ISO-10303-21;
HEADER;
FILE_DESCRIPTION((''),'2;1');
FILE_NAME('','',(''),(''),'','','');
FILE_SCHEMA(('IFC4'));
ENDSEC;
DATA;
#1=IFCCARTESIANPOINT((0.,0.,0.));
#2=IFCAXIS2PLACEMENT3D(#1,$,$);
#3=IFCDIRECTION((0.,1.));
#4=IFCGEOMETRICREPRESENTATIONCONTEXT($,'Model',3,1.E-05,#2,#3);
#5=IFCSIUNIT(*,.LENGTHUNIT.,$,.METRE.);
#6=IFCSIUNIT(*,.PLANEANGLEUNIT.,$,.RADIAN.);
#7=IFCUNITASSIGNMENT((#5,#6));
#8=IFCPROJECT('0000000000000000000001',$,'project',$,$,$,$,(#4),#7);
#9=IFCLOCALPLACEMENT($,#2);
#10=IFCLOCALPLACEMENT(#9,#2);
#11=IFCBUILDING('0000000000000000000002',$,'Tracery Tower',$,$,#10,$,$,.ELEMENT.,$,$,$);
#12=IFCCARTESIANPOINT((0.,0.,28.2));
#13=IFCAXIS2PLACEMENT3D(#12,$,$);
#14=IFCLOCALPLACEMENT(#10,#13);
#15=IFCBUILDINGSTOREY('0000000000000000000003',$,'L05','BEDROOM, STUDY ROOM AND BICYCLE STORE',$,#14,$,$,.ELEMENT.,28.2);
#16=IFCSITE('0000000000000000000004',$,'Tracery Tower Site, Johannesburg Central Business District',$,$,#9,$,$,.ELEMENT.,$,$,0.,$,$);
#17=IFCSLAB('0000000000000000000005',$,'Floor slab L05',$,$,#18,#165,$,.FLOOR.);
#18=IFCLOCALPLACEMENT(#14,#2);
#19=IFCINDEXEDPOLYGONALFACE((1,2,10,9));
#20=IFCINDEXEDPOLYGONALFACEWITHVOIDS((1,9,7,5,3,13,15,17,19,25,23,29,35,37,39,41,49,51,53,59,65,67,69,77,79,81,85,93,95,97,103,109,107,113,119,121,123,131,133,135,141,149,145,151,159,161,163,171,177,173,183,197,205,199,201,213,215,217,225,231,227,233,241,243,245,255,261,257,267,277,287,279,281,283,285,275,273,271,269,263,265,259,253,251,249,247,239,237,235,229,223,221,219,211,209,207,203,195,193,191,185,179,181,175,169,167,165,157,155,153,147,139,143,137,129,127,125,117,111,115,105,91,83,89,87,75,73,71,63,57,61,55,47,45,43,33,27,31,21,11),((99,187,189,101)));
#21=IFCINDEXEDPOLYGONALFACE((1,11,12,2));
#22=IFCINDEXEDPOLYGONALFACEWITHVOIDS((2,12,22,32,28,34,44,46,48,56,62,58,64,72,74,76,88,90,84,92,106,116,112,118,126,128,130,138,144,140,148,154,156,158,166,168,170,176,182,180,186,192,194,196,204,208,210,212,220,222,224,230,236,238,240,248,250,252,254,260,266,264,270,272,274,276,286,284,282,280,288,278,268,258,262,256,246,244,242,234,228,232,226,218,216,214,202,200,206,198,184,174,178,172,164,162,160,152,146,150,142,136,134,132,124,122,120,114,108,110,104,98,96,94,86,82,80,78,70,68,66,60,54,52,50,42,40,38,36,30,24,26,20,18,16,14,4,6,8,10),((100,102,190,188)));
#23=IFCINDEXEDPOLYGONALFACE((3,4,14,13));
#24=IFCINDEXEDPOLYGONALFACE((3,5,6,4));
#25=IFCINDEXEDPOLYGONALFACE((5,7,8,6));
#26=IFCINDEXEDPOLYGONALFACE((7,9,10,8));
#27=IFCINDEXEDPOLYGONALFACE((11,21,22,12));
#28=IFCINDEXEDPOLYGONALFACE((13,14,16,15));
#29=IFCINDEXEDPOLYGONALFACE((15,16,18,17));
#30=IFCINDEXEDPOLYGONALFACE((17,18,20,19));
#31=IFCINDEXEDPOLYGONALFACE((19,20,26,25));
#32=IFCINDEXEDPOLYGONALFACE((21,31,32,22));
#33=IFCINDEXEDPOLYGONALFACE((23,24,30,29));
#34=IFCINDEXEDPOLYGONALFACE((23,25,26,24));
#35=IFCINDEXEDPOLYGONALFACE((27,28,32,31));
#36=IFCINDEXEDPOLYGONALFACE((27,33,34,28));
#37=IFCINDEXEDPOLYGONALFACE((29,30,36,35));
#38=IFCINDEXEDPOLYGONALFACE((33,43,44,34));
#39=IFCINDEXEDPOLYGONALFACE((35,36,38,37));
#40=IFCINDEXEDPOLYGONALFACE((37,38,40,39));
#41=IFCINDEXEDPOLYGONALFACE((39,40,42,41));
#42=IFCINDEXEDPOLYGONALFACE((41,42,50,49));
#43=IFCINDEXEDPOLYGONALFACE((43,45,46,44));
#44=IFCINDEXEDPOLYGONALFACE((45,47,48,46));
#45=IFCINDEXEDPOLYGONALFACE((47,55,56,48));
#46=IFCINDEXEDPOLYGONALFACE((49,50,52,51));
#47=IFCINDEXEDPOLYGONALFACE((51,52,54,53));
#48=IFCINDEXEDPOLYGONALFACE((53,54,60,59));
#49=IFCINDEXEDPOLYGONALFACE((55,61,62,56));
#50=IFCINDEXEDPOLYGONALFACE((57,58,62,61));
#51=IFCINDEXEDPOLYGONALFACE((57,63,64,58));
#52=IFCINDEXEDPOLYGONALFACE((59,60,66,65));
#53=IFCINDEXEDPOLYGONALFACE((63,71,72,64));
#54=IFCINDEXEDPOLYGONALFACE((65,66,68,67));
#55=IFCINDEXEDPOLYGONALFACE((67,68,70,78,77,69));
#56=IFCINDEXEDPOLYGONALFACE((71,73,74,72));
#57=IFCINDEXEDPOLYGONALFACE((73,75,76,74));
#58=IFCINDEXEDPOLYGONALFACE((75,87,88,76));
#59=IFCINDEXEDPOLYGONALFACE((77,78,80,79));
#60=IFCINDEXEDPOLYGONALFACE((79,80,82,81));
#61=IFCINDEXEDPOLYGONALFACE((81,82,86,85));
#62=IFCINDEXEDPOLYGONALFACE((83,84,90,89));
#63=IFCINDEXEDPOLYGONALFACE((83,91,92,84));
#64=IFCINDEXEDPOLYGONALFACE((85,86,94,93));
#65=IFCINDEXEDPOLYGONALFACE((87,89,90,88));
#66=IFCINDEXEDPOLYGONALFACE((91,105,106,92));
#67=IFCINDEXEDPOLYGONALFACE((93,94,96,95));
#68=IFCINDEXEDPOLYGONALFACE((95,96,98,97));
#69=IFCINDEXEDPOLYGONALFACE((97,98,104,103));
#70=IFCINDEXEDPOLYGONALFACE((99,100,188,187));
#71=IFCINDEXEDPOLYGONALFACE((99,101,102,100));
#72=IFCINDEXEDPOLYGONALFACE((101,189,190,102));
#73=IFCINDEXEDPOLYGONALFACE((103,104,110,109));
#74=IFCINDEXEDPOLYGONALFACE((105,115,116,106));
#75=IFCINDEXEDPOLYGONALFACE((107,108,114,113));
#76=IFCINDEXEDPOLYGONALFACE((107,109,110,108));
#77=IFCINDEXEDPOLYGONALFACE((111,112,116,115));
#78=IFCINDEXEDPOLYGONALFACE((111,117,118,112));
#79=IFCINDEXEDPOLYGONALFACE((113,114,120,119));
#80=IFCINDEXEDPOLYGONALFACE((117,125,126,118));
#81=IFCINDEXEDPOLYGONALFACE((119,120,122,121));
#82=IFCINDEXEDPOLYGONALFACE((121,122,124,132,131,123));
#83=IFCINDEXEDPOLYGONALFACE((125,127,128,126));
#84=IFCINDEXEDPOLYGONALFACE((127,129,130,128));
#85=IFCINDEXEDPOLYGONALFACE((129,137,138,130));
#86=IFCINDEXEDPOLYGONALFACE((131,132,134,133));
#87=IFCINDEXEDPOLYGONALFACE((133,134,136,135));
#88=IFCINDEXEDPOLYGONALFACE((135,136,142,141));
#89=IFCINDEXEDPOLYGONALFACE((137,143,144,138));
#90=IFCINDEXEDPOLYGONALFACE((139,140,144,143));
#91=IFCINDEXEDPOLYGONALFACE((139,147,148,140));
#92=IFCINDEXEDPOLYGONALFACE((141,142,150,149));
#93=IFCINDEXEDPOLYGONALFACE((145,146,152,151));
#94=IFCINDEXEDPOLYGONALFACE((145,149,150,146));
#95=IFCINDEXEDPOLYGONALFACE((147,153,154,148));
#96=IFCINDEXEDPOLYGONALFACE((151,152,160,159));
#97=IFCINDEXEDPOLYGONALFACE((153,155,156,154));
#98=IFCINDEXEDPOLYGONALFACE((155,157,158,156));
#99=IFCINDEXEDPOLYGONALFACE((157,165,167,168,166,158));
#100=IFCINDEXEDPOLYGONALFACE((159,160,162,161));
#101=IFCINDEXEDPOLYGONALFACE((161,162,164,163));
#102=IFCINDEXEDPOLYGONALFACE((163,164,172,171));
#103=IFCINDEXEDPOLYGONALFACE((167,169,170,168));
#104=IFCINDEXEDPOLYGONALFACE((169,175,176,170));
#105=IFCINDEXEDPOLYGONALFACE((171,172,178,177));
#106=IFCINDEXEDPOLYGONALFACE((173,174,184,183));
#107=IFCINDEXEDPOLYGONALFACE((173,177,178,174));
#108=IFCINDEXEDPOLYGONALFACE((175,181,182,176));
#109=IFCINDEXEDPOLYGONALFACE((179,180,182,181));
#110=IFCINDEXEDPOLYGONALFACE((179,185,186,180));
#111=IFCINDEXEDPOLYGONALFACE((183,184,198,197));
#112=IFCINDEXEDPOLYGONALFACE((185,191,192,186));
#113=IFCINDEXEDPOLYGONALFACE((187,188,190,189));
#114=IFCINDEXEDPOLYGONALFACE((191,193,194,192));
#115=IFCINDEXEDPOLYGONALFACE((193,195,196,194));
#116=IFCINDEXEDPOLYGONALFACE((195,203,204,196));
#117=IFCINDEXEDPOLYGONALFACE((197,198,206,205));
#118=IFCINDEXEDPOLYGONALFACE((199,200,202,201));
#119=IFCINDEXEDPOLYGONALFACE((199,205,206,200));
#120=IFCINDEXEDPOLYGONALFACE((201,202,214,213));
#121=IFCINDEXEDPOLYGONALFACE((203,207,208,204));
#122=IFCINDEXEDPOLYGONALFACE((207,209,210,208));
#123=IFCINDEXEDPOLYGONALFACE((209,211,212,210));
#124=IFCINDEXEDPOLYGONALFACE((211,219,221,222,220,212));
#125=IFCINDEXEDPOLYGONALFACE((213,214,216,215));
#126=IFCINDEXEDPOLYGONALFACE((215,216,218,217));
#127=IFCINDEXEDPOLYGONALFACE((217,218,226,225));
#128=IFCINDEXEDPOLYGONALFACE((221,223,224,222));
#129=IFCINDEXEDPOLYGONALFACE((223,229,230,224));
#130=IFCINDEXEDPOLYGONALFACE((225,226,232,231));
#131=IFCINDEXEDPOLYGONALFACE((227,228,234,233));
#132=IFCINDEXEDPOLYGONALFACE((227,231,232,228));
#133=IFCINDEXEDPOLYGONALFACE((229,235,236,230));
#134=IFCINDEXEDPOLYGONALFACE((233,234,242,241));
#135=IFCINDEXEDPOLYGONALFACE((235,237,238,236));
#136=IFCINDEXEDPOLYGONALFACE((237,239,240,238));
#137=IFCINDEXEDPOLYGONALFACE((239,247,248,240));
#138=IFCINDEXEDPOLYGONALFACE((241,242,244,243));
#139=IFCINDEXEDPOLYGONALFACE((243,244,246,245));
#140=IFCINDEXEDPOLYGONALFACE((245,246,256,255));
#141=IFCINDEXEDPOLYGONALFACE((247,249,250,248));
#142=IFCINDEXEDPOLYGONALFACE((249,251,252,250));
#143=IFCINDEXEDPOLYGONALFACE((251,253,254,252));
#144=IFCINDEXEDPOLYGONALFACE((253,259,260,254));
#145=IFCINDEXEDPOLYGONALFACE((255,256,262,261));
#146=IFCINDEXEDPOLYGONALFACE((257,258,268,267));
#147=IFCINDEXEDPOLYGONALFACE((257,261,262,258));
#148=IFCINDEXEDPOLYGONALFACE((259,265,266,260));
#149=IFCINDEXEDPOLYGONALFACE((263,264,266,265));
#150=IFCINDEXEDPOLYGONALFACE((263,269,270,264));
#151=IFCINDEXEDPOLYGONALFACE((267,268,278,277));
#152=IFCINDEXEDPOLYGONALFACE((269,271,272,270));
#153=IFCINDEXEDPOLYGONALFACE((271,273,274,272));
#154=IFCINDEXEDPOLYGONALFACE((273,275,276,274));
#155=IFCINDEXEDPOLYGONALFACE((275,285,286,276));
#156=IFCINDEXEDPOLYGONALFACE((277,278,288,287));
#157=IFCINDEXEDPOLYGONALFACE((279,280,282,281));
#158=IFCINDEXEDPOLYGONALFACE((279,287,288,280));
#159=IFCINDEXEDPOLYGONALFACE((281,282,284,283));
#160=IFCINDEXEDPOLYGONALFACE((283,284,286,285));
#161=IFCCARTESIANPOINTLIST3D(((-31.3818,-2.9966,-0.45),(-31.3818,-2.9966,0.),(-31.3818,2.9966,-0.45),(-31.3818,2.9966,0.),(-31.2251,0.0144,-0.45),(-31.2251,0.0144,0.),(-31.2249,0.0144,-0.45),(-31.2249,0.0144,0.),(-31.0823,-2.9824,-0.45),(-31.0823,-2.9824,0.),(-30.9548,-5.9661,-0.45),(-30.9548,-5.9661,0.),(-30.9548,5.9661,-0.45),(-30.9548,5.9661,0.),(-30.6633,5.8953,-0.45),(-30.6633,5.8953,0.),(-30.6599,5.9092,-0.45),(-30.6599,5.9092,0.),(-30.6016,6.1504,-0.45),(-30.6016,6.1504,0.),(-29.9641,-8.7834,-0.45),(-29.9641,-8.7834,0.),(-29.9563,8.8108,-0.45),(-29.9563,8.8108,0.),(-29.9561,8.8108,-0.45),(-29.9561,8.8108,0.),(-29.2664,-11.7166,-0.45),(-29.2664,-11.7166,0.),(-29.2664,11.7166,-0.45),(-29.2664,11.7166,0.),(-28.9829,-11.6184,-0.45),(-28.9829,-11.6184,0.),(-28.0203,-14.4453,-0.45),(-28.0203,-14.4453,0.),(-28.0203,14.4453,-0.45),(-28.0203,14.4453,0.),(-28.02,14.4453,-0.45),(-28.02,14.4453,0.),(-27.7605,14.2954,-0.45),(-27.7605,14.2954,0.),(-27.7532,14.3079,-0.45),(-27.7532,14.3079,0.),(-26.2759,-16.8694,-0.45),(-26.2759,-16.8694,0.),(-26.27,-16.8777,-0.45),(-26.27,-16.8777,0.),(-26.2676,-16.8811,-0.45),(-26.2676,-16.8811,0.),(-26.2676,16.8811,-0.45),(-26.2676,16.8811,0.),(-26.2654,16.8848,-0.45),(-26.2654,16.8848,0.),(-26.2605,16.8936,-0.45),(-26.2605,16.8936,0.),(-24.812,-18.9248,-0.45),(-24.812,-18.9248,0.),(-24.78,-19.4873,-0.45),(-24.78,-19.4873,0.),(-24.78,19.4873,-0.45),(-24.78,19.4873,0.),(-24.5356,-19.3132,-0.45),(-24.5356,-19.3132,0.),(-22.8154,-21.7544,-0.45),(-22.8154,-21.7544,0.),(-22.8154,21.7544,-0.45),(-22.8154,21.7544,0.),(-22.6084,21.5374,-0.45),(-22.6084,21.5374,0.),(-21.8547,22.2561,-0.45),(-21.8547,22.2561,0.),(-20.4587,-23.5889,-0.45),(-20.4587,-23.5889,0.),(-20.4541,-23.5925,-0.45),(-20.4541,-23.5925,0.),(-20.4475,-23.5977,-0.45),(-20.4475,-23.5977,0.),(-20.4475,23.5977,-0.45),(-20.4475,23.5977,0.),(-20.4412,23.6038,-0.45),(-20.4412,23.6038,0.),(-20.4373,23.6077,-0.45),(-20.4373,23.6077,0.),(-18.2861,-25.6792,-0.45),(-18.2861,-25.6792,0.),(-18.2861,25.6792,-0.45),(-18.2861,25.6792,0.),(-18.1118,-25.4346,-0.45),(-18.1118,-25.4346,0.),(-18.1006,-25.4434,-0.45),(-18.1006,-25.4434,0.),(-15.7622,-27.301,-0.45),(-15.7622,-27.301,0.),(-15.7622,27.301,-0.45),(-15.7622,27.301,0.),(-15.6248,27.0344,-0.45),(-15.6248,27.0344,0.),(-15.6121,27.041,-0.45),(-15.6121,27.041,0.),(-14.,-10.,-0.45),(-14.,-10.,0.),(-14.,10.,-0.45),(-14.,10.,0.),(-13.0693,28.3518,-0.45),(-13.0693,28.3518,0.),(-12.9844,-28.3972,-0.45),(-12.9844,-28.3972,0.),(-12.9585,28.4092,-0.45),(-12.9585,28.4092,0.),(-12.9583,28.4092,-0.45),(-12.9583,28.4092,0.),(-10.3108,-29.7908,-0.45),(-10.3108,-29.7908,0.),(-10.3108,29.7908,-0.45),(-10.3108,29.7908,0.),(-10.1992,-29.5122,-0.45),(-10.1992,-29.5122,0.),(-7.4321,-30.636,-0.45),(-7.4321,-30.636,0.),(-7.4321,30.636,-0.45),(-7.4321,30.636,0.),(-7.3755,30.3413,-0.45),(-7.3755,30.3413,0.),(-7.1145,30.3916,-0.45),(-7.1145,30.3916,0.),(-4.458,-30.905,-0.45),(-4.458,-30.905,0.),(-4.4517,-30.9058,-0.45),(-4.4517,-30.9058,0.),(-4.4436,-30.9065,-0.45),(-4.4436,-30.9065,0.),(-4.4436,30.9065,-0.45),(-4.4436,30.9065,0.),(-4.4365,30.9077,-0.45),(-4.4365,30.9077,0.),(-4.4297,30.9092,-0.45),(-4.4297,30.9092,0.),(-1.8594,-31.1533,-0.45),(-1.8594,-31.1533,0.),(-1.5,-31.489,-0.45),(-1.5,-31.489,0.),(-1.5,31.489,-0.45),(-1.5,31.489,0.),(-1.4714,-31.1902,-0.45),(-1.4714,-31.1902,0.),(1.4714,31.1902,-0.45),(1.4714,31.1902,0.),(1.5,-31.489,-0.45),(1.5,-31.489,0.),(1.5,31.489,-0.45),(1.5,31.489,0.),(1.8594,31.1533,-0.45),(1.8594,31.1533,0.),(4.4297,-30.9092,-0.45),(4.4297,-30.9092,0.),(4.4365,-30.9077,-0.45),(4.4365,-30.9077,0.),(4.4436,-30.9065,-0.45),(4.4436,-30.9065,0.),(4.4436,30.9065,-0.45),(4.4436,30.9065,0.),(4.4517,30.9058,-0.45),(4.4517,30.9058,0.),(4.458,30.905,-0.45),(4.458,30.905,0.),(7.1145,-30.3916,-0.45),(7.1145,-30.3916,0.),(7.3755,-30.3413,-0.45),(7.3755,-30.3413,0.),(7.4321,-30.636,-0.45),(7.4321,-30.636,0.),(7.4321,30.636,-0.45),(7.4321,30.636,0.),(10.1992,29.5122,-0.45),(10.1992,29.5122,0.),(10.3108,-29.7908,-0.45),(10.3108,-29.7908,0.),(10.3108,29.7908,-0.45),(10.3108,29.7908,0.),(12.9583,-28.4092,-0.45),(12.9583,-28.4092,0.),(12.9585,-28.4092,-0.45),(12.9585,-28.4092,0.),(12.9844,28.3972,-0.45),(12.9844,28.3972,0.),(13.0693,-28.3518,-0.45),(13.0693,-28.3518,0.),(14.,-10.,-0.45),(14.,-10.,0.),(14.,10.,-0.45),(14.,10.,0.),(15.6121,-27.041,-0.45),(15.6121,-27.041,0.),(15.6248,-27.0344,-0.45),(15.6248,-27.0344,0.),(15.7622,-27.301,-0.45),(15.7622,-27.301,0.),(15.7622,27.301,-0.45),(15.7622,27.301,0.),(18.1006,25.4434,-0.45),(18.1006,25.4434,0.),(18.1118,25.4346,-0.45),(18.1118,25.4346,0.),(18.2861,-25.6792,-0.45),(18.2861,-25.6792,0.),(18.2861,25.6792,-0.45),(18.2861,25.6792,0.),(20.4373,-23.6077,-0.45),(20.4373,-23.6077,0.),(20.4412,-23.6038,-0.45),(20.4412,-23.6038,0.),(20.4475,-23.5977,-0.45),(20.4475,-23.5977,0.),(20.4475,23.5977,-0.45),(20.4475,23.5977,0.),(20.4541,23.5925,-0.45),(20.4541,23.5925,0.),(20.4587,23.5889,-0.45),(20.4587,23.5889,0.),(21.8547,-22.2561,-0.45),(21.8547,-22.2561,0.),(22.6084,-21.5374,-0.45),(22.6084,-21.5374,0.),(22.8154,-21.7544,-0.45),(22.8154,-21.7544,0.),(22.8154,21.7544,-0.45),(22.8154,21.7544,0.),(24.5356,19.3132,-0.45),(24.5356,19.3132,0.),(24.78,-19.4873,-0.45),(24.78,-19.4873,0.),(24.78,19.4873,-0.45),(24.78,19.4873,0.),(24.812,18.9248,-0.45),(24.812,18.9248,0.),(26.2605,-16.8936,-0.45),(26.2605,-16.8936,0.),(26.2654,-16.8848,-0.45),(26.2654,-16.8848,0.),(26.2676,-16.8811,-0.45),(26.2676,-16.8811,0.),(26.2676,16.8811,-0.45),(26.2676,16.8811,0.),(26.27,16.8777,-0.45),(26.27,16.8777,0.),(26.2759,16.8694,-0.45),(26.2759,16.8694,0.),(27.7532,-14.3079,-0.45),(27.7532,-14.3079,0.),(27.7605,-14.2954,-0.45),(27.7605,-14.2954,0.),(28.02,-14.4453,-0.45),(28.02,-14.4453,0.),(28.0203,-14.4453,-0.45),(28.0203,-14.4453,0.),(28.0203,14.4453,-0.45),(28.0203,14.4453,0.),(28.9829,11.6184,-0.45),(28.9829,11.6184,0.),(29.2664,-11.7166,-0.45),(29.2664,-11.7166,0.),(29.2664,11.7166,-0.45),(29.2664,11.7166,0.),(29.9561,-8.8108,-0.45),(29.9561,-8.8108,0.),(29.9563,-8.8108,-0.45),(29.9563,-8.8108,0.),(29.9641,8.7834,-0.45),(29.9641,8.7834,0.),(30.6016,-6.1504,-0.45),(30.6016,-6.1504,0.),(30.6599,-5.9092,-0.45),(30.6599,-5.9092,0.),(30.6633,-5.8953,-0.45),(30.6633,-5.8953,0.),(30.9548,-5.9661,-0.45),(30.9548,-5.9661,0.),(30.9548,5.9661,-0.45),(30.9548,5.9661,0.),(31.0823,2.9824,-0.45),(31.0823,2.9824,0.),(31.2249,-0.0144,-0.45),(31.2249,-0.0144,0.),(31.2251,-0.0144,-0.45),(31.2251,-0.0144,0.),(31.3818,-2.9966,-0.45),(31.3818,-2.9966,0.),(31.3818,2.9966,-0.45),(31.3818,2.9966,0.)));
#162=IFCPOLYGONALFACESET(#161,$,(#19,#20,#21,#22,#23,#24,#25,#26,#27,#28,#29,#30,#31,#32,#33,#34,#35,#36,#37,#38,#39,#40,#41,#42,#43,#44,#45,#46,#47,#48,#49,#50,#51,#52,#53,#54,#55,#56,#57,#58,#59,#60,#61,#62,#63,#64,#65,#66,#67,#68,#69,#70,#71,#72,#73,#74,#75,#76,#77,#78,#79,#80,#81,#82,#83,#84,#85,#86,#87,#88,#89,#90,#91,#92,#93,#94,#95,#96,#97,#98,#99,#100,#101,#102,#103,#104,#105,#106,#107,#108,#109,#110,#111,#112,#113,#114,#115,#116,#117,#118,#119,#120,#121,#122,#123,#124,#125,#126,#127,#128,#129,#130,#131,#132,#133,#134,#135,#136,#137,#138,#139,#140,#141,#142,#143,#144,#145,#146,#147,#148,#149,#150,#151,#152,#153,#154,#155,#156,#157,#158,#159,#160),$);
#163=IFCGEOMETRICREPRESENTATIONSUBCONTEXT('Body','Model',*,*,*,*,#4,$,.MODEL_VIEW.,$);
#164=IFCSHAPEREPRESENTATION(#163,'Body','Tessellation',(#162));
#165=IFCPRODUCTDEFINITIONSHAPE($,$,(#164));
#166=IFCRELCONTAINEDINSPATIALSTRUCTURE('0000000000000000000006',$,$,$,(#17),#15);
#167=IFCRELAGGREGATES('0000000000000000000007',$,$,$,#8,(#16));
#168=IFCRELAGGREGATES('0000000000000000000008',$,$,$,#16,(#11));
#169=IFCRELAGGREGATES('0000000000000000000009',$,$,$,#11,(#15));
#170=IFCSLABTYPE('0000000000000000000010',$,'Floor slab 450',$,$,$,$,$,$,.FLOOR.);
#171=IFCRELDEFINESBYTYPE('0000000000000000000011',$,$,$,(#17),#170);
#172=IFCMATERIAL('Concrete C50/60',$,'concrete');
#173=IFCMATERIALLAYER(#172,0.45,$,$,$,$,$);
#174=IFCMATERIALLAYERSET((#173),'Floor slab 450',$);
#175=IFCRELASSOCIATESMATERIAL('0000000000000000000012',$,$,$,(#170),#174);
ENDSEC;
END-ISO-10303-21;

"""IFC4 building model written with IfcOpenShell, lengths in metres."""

from ifc_helpers import new_model, si_unit, direction, frame, origin, place, context, subcontext, project, spatial, polyline, outline, extrude, material, layer, layer_set, type_object, element, save


model = new_model("IFC4")

# Units and contexts
model_context = context("Model", 3, precision=1e-05, world=origin(), true_north=direction((0.0, 1.0)))
body_context = subcontext(model_context, "Body", "Model", "MODEL_VIEW")
ifc_project = project(units=[si_unit("LENGTHUNIT", "METRE"), si_unit("PLANEANGLEUNIT", "RADIAN")], contexts=[model_context])

# Site, building, storey
site_placement = place(None, origin())
site = spatial("IfcSite", under=ifc_project, at=site_placement, Name="Tracery Tower Site, Johannesburg Central Business District", CompositionType="ELEMENT", RefElevation=0.0)
building_placement = place(site_placement, origin())
building = spatial("IfcBuilding", under=site, at=building_placement, Name="Tracery Tower", CompositionType="ELEMENT")
storey_placement = place(building_placement, frame((0.0, 0.0, 28.2)))
storey = spatial("IfcBuildingStorey", under=building, at=storey_placement, Name="L05", Description="BEDROOM, STUDY ROOM AND BICYCLE STORE", CompositionType="ELEMENT", Elevation=28.2)

# Slab
ifc_material_1 = material(Name="Concrete C50/60", Category="concrete")
ifc_layer_1 = layer(ifc_material_1, 0.45)
ifc_layer_set_1 = layer_set([ifc_layer_1], Name="Floor slab 450")
slab_type_1 = type_object("IfcSlabType", Name="Floor slab 450", PredefinedType="FLOOR", material=ifc_layer_set_1)
slab_1_placement = place(storey_placement, frame((0.0, 0.0, -0.45)))
element("IfcSlab", 1, at=slab_1_placement, inside=storey, type_object=slab_type_1, Name="Floor slab L05", PredefinedType="FLOOR", context=body_context, shape_type="SweptSolid", body=[
    extrude(outline(polyline([(29.9641, 8.7834), (29.9641, 8.7834), (28.9829, 11.6184), (29.2664, 11.7166), (28.0203, 14.4453), (26.2759, 16.8694), (26.2759, 16.8694), (26.27, 16.8777), (26.2676, 16.8811), (24.812, 18.9248), (24.5356, 19.3132), (24.78, 19.4873), (22.8154, 21.7544), (20.4587, 23.5889), (20.4587, 23.5889), (20.4541, 23.5925), (20.4475, 23.5977), (18.1118, 25.4346), (18.1118, 25.4346), (18.1006, 25.4434), (18.2861, 25.6792), (15.7622, 27.301), (12.9844, 28.3972), (12.9844, 28.3972), (10.1992, 29.5122), (10.3108, 29.7908), (7.4321, 30.636), (4.458, 30.905), (4.458, 30.905), (4.4517, 30.9058), (4.4436, 30.9065), (1.8594, 31.1533), (1.4714, 31.1902), (1.5, 31.489), (1.5, 31.489), (-1.5, 31.489), (-4.4297, 30.9092), (-4.4297, 30.9092), (-4.4365, 30.9077), (-4.4436, 30.9065), (-7.1145, 30.3916), (-7.3755, 30.3413), (-7.4321, 30.636), (-10.3108, 29.7908), (-12.9585, 28.4092), (-12.9583, 28.4092), (-13.0693, 28.3518), (-15.6121, 27.041), (-15.6121, 27.041), (-15.6248, 27.0344), (-15.7622, 27.301), (-15.7622, 27.301), (-18.2861, 25.6792), (-20.4373, 23.6077), (-20.4373, 23.6077), (-20.4412, 23.6038), (-20.4475, 23.5977), (-21.8547, 22.2561), (-22.6084, 21.5374), (-22.8154, 21.7544), (-24.78, 19.4873), (-26.2605, 16.8936), (-26.2605, 16.8936), (-26.2654, 16.8848), (-26.2676, 16.8811), (-27.7532, 14.3079), (-27.7532, 14.3079), (-27.7605, 14.2954), (-28.02, 14.4453), (-28.0203, 14.4453), (-29.2664, 11.7166), (-29.9563, 8.8108), (-29.9561, 8.8108), (-30.6016, 6.1504), (-30.6599, 5.9092), (-30.6599, 5.9092), (-30.6633, 5.8953), (-30.9548, 5.9661), (-31.3818, 2.9966), (-31.2251, 0.0144), (-31.2249, 0.0144), (-31.0823, -2.9824), (-31.3818, -2.9966), (-30.9548, -5.9661), (-29.9641, -8.7834), (-29.9641, -8.7834), (-28.9829, -11.6184), (-29.2664, -11.7166), (-28.0203, -14.4453), (-26.2759, -16.8694), (-26.2759, -16.8694), (-26.27, -16.8777), (-26.2676, -16.8811), (-24.812, -18.9248), (-24.5356, -19.3132), (-24.78, -19.4873), (-22.8154, -21.7544), (-20.4587, -23.5889), (-20.4587, -23.5889), (-20.4541, -23.5925), (-20.4475, -23.5977), (-18.1118, -25.4346), (-18.1118, -25.4346), (-18.1006, -25.4434), (-18.2861, -25.6792), (-15.7622, -27.301), (-12.9844, -28.3972), (-12.9844, -28.3972), (-10.1992, -29.5122), (-10.3108, -29.7908), (-7.4321, -30.636), (-4.458, -30.905), (-4.458, -30.905), (-4.4517, -30.9058), (-4.4436, -30.9065), (-1.8594, -31.1533), (-1.4714, -31.1902), (-1.5, -31.489), (-1.5, -31.489), (1.5, -31.489), (4.4297, -30.9092), (4.4297, -30.9092), (4.4365, -30.9077), (4.4436, -30.9065), (7.1145, -30.3916), (7.3755, -30.3413), (7.4321, -30.636), (10.3108, -29.7908), (12.9585, -28.4092), (12.9583, -28.4092), (13.0693, -28.3518), (15.6121, -27.041), (15.6121, -27.041), (15.6248, -27.0344), (15.7622, -27.301), (15.7622, -27.301), (18.2861, -25.6792), (20.4373, -23.6077), (20.4373, -23.6077), (20.4412, -23.6038), (20.4475, -23.5977), (21.8547, -22.2561), (22.6084, -21.5374), (22.8154, -21.7544), (24.78, -19.4873), (26.2605, -16.8936), (26.2605, -16.8936), (26.2654, -16.8848), (26.2676, -16.8811), (27.7532, -14.3079), (27.7532, -14.3079), (27.7605, -14.2954), (28.02, -14.4453), (28.0203, -14.4453), (29.2664, -11.7166), (29.9563, -8.8108), (29.9561, -8.8108), (30.6016, -6.1504), (30.6599, -5.9092), (30.6599, -5.9092), (30.6633, -5.8953), (30.9548, -5.9661), (31.3818, -2.9966), (31.2251, -0.0144), (31.2249, -0.0144), (31.0823, 2.9824), (31.3818, 2.9966), (30.9548, 5.9661), (29.9641, 8.7834)]), holes=[polyline([(-14.0, -10.0), (14.0, -10.0), (14.0, 10.0), (-14.0, 10.0), (-14.0, -10.0)])]), origin(), (0.0, 0.0, 1.0), 0.45),
])

save(model, "model.ifc")
